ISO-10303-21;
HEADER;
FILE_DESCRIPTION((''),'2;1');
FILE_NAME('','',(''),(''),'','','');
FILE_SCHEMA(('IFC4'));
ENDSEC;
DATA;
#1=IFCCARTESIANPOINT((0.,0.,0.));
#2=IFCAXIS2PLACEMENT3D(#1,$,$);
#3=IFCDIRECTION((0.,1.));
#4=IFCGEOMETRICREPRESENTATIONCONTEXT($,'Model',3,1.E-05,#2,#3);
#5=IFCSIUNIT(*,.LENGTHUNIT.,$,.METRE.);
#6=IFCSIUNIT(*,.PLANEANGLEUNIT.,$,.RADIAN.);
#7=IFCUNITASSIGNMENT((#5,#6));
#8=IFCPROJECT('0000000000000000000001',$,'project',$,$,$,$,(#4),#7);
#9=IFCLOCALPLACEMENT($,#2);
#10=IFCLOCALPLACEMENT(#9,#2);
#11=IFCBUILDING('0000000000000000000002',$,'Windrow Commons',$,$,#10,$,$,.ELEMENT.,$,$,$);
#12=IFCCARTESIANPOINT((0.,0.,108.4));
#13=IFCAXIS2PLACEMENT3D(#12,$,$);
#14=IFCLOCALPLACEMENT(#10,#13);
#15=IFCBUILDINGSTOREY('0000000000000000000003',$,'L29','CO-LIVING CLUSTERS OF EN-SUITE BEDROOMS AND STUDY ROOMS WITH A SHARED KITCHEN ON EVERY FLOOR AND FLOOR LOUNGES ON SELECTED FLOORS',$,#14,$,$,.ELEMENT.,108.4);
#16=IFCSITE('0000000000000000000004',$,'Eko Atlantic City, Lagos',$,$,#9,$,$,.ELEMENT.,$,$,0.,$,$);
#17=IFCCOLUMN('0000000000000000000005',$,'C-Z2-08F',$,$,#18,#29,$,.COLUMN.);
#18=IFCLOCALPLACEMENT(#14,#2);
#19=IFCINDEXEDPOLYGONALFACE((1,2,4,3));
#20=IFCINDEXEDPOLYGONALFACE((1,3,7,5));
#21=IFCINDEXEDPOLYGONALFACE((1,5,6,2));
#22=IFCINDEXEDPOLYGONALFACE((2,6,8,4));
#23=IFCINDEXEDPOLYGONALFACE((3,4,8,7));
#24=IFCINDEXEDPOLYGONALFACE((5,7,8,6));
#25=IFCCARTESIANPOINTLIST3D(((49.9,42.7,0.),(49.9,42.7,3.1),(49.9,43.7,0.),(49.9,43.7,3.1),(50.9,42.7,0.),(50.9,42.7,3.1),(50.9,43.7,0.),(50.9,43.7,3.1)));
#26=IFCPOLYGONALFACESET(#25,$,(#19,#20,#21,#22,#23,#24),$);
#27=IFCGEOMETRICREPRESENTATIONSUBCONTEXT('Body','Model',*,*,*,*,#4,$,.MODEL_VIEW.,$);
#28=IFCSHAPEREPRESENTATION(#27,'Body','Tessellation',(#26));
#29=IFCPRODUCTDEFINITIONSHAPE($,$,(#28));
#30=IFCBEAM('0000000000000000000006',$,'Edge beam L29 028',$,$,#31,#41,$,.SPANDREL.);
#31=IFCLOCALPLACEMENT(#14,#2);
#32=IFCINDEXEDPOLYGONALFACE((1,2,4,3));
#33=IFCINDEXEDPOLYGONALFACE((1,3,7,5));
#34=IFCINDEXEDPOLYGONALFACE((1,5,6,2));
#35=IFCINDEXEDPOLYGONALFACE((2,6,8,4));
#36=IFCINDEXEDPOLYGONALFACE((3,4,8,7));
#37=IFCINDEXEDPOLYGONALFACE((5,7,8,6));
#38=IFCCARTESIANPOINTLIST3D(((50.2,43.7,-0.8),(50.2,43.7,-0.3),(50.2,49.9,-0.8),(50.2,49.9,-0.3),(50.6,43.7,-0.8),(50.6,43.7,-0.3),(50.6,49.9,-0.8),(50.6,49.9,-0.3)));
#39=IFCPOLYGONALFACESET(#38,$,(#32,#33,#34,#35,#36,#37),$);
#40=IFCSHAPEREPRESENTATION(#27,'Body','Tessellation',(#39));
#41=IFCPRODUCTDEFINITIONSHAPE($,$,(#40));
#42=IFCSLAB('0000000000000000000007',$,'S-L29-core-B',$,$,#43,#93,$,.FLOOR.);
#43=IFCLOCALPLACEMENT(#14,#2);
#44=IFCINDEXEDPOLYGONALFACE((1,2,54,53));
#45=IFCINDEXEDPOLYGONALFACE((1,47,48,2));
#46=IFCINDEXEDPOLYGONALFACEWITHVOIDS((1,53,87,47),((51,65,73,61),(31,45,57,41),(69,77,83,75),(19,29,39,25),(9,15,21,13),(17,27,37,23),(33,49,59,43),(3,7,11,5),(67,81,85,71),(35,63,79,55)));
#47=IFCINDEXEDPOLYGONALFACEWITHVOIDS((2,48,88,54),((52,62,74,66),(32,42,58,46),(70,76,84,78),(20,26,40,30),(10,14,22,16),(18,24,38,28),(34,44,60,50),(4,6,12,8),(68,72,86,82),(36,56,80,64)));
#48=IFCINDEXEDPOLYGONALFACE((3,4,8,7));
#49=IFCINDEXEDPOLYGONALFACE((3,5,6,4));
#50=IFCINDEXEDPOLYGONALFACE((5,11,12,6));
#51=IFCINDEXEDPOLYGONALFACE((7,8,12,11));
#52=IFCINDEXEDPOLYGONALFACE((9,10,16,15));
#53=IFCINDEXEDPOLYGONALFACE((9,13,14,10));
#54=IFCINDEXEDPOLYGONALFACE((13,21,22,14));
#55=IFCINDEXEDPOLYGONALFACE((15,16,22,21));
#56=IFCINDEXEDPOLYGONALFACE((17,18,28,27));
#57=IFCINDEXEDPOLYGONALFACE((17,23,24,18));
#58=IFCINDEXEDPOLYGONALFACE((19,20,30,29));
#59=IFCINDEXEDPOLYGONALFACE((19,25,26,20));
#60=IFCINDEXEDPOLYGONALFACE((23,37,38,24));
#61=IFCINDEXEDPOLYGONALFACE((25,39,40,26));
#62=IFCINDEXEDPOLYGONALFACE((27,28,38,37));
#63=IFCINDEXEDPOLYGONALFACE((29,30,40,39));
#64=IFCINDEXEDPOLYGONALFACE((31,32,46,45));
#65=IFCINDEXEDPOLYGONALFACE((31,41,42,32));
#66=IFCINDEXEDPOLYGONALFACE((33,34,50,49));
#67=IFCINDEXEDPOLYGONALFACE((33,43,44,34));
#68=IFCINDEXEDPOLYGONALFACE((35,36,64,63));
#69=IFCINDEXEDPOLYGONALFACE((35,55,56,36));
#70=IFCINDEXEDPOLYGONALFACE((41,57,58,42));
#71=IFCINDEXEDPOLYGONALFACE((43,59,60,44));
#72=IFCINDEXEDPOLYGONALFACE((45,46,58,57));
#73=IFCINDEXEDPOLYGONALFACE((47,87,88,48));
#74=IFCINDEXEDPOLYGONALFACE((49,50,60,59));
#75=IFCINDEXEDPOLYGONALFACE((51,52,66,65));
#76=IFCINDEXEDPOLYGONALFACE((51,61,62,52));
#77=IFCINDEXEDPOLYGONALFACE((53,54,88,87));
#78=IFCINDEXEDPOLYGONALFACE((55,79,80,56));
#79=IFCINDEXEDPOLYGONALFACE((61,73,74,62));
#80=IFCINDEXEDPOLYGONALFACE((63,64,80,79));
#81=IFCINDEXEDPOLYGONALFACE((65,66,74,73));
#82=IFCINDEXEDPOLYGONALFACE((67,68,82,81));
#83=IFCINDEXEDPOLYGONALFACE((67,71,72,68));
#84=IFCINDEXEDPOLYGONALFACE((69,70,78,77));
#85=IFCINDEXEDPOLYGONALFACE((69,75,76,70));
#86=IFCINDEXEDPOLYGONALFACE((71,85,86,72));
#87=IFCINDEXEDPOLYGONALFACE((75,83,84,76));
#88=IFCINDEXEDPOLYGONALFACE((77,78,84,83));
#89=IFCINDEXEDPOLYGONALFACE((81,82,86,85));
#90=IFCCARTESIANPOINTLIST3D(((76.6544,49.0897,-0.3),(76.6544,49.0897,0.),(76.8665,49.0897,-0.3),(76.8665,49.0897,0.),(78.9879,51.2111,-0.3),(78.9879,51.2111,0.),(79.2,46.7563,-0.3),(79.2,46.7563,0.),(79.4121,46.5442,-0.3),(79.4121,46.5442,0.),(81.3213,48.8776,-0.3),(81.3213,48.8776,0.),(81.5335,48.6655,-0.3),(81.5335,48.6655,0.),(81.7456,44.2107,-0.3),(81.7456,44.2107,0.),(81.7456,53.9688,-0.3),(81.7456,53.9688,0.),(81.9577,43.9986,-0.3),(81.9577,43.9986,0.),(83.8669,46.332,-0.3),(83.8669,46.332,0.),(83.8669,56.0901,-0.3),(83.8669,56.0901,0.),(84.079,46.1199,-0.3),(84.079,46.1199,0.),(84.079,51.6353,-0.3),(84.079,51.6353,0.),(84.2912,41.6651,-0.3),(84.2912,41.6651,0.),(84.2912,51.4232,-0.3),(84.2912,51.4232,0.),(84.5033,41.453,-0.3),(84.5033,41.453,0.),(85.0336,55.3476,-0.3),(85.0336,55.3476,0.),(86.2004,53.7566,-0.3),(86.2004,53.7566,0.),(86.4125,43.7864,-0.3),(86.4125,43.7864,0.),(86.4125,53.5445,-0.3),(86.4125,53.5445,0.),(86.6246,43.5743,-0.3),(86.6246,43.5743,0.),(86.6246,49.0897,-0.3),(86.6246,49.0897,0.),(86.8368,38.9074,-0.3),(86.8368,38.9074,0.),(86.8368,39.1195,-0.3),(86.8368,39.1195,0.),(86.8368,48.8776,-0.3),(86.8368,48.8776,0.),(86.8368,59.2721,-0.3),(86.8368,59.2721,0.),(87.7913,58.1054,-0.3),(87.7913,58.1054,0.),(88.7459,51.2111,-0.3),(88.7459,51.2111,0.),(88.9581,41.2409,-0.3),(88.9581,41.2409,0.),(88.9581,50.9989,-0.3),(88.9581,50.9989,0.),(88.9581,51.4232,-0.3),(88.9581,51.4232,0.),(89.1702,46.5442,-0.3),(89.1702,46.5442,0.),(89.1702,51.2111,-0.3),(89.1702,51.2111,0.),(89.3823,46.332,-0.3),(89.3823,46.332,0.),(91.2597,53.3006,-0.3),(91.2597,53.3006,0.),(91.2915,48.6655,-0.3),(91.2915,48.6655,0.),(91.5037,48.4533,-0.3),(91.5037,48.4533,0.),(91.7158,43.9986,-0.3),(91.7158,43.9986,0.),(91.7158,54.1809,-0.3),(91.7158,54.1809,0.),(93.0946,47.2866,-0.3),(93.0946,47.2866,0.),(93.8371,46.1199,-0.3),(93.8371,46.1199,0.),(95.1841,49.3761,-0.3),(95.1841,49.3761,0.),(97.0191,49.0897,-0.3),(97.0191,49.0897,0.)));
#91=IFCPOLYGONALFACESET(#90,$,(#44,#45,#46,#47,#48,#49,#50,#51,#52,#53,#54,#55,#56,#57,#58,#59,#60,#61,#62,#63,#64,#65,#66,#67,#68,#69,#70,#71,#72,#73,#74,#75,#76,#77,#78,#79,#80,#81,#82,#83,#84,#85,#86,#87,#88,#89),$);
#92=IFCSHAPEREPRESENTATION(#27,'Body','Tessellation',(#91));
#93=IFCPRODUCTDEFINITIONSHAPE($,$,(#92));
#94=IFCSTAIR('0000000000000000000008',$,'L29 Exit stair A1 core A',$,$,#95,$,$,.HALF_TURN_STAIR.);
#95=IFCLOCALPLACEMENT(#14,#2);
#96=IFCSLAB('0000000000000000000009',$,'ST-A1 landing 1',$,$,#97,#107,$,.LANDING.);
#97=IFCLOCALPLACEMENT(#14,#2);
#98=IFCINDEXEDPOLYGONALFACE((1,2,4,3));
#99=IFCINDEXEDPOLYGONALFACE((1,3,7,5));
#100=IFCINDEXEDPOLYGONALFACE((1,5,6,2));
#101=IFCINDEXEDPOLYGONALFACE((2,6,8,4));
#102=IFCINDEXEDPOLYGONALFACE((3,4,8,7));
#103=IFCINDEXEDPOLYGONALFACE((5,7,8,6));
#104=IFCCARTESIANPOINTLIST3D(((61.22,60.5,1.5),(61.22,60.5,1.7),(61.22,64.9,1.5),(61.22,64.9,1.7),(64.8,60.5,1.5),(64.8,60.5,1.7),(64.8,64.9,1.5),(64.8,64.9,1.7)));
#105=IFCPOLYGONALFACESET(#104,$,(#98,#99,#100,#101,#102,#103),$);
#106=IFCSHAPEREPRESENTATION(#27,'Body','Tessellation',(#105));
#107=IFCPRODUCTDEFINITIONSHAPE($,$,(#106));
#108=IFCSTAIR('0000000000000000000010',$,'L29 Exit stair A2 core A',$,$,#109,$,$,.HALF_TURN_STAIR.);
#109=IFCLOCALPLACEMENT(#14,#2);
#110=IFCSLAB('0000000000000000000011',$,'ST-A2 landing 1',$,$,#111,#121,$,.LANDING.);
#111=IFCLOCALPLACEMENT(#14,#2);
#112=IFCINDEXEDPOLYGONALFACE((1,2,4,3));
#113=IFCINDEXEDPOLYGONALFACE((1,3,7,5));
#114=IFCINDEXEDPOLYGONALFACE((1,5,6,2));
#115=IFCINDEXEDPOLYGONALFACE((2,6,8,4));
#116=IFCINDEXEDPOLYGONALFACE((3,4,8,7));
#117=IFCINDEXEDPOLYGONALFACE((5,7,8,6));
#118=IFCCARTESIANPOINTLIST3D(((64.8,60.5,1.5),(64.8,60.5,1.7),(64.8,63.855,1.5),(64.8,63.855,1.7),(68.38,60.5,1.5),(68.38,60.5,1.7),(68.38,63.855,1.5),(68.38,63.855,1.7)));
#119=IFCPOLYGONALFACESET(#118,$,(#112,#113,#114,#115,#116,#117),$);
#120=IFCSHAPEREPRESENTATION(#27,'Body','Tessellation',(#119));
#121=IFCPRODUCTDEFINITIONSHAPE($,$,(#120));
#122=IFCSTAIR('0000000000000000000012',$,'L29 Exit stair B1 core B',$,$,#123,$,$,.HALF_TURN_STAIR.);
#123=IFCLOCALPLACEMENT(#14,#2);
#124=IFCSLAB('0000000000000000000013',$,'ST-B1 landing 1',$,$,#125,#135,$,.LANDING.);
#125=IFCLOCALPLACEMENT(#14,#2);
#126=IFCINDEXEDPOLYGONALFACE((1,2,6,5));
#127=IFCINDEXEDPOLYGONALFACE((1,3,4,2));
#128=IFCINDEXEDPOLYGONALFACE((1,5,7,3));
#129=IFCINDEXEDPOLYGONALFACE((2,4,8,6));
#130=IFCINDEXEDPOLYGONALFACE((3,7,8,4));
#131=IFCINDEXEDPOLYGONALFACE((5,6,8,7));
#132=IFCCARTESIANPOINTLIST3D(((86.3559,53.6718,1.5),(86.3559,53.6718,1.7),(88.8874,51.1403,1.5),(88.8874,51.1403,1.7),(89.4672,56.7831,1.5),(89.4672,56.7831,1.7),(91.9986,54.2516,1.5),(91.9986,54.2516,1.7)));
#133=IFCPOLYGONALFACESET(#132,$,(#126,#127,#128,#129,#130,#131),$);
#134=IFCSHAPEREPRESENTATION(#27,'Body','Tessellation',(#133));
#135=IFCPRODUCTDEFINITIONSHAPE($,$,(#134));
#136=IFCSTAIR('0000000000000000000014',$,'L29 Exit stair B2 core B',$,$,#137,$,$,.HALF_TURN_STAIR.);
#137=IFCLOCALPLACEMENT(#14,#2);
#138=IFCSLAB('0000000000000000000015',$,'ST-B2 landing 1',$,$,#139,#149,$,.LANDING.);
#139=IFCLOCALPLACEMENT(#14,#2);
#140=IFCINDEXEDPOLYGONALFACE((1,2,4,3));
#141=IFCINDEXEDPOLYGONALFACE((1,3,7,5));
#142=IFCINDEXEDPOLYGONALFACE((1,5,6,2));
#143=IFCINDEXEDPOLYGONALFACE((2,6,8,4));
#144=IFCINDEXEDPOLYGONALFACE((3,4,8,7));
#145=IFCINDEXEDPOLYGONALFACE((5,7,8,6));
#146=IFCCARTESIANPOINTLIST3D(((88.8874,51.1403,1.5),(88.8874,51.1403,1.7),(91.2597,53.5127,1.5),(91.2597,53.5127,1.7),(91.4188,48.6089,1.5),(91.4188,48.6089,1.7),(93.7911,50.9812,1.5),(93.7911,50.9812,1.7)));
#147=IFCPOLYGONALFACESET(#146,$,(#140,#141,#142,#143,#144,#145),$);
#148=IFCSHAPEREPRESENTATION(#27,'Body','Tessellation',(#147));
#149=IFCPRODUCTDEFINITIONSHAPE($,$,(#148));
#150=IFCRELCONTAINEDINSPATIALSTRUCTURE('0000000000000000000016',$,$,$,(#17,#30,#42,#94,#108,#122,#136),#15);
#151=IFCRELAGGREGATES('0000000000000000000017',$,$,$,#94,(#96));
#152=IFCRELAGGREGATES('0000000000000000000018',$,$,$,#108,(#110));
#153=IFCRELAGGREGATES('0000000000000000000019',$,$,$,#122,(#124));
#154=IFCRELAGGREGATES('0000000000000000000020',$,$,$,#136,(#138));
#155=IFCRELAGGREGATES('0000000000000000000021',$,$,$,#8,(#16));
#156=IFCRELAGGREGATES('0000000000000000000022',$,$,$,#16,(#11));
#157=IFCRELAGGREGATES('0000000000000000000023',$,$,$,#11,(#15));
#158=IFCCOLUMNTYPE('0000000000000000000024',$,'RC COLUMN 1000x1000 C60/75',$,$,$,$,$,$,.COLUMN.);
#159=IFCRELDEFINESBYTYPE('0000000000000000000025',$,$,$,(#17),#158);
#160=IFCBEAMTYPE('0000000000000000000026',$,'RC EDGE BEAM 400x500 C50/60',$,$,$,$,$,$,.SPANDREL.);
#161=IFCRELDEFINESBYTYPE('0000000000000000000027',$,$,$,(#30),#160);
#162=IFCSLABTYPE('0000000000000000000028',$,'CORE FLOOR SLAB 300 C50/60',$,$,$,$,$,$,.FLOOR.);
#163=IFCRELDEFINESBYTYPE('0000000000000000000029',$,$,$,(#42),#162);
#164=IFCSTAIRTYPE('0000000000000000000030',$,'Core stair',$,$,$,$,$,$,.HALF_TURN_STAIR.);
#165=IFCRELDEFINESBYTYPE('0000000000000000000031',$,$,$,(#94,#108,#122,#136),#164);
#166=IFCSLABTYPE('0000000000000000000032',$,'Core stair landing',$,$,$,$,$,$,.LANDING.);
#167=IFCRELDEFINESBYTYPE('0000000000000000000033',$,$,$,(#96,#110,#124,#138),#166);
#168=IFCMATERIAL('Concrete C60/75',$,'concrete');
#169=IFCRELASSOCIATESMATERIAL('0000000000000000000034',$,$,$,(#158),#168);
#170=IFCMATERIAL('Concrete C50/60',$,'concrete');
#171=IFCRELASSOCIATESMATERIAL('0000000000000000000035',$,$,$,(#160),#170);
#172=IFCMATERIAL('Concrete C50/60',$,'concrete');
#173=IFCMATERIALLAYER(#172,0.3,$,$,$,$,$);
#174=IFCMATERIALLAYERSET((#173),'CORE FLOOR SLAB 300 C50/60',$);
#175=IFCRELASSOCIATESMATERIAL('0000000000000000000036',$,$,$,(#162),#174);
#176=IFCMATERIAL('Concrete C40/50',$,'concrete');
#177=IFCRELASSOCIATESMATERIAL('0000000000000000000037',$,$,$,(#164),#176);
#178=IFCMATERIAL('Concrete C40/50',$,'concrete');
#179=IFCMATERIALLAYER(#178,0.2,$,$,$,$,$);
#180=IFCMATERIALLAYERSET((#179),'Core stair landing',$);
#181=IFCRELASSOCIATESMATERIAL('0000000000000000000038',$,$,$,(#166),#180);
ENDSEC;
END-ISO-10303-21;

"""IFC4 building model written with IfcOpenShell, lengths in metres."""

from ifc_helpers import new_model, si_unit, direction, frame, origin, origin_2d, place, context, subcontext, project, spatial, polyline, rectangle, outline, extrude, material, layer, layer_set, material_profile, profile_set, type_object, element, aggregate, save


model = new_model("IFC4")

# Units and contexts
model_context = context("Model", 3, precision=1e-05, world=origin(), true_north=direction((0.0, 1.0)))
body_context = subcontext(model_context, "Body", "Model", "MODEL_VIEW")
ifc_project = project(units=[si_unit("LENGTHUNIT", "METRE"), si_unit("PLANEANGLEUNIT", "RADIAN")], contexts=[model_context])

# Site, building, storey
site_placement = place(None, origin())
site = spatial("IfcSite", under=ifc_project, at=site_placement, Name="Eko Atlantic City, Lagos", CompositionType="ELEMENT", RefElevation=0.0)
building_placement = place(site_placement, origin())
building = spatial("IfcBuilding", under=site, at=building_placement, Name="Windrow Commons", CompositionType="ELEMENT")
storey_placement = place(building_placement, frame((0.0, 0.0, 108.4)))
storey = spatial("IfcBuildingStorey", under=building, at=storey_placement, Name="L29", Description="CO-LIVING CLUSTERS OF EN-SUITE BEDROOMS AND STUDY ROOMS WITH A SHARED KITCHEN ON EVERY FLOOR AND FLOOR LOUNGES ON SELECTED FLOORS", CompositionType="ELEMENT", Elevation=108.4)

# Column
ifc_material_1 = material(Name="Concrete C60/75", Category="concrete")
ifc_material_profile_1 = material_profile(ifc_material_1, rectangle(XDim=1.0, YDim=1.0, at=origin_2d()))
ifc_profile_set_1 = profile_set([ifc_material_profile_1], Name="Concrete C60/75")
column_type = type_object("IfcColumnType", Name="RC COLUMN 1000x1000 C60/75", PredefinedType="COLUMN", material=ifc_profile_set_1)
column_placement = place(storey_placement, frame((50.4, 43.2, 0.0), z_axis=(0.0, 0.0, 1.0), x_axis=(1.0, 0.0, 0.0)))
element("IfcColumn", 1, at=column_placement, inside=storey, type_object=column_type, Name="C-Z2-08F", PredefinedType="COLUMN", context=body_context, shape_type="SweptSolid", body=[
    extrude(rectangle(XDim=1.0, YDim=1.0, at=origin_2d()), origin(), (0.0, 0.0, 1.0), 3.1),
])

# Beam
ifc_material_2 = material(Name="Concrete C50/60", Category="concrete")
ifc_material_profile_2 = material_profile(ifc_material_2, rectangle(XDim=0.4, YDim=0.5, at=origin_2d()))
ifc_profile_set_2 = profile_set([ifc_material_profile_2], Name="Concrete C50/60")
beam_type = type_object("IfcBeamType", Name="RC EDGE BEAM 400x500 C50/60", PredefinedType="SPANDREL", material=ifc_profile_set_2)
beam_placement = place(storey_placement, frame((50.4, 43.7, -0.55), z_axis=(0.0, 1.0, 0.0), x_axis=(-1.0, 0.0, 0.0)))
element("IfcBeam", 2, at=beam_placement, inside=storey, type_object=beam_type, Name="Edge beam L29 028", PredefinedType="SPANDREL", context=body_context, shape_type="SweptSolid", body=[
    extrude(rectangle(XDim=0.4, YDim=0.5, at=origin_2d()), origin(), (0.0, 0.0, 1.0), 6.2),
])

# Slab, openings
ifc_material_3 = material(Name="Concrete C50/60", Category="concrete")
ifc_layer_1 = layer(ifc_material_3, 0.3)
ifc_layer_set_1 = layer_set([ifc_layer_1], Name="CORE FLOOR SLAB 300 C50/60")
slab_type_1 = type_object("IfcSlabType", Name="CORE FLOOR SLAB 300 C50/60", PredefinedType="FLOOR", material=ifc_layer_set_1)
placement_1 = place(storey_placement, frame((0.0, 0.0, -0.3)))
slab_1 = element("IfcSlab", 3, at=placement_1, inside=storey, type_object=slab_type_1, Name="S-L29-core-B", PredefinedType="FLOOR", context=body_context, shape_type="SweptSolid", body=[
    extrude(outline(polyline([(76.6544, 49.0897), (86.8368, 38.9074), (97.0191, 49.0897), (86.8368, 59.2721), (76.6544, 49.0897)]), holes=[polyline([(76.8665, 49.0897), (79.2, 46.7563), (81.3213, 48.8776), (78.9879, 51.2111), (76.8665, 49.0897)]), polyline([(79.4121, 46.5442), (81.7456, 44.2107), (83.8669, 46.332), (81.5335, 48.6655), (79.4121, 46.5442)]), polyline([(81.9577, 43.9986), (84.2912, 41.6651), (86.4125, 43.7864), (84.079, 46.1199), (81.9577, 43.9986)]), polyline([(84.5033, 41.453), (86.8368, 39.1195), (88.9581, 41.2409), (86.6246, 43.5743), (84.5033, 41.453)]), polyline([(81.7456, 53.9688), (84.079, 51.6353), (86.2004, 53.7566), (83.8669, 56.0901), (81.7456, 53.9688)]), polyline([(84.2912, 51.4232), (86.6246, 49.0897), (88.7459, 51.2111), (86.4125, 53.5445), (84.2912, 51.4232)]), polyline([(86.8368, 48.8776), (89.1702, 46.5442), (91.2915, 48.6655), (88.9581, 50.9989), (86.8368, 48.8776)]), polyline([(89.3823, 46.332), (91.7158, 43.9986), (93.8371, 46.1199), (91.5037, 48.4533), (89.3823, 46.332)]), polyline([(85.0336, 55.3476), (88.9581, 51.4232), (91.7158, 54.1809), (87.7913, 58.1054), (85.0336, 55.3476)]), polyline([(89.1702, 51.2111), (93.0946, 47.2866), (95.1841, 49.3761), (91.2597, 53.3006), (89.1702, 51.2111)])]), origin(), (0.0, 0.0, 1.0), 0.3),
])
opening_1_placement = place(placement_1, origin())
element("IfcOpeningElement", 4, at=opening_1_placement, cuts=slab_1, PredefinedType="OPENING", context=body_context, shape_type="SweptSolid", body=[
    extrude(outline(polyline([(76.8736, 49.0897), (78.9879, 51.204), (81.3142, 48.8776), (79.2, 46.7634), (76.8736, 49.0897)])), origin(), (0.0, 0.0, 1.0), 0.3),
])
opening_2_placement = place(placement_1, origin())
element("IfcOpeningElement", 5, at=opening_2_placement, cuts=slab_1, PredefinedType="OPENING", context=body_context, shape_type="SweptSolid", body=[
    extrude(outline(polyline([(79.4192, 46.5442), (81.5335, 48.6584), (83.8598, 46.332), (81.7456, 44.2178), (79.4192, 46.5442)])), origin(), (0.0, 0.0, 1.0), 0.3),
])
opening_3_placement = place(placement_1, origin())
element("IfcOpeningElement", 6, at=opening_3_placement, cuts=slab_1, PredefinedType="OPENING", context=body_context, shape_type="SweptSolid", body=[
    extrude(outline(polyline([(81.9648, 43.9986), (84.079, 46.1128), (86.4054, 43.7864), (84.2912, 41.6722), (81.9648, 43.9986)])), origin(), (0.0, 0.0, 1.0), 0.3),
])
opening_4_placement = place(placement_1, origin())
element("IfcOpeningElement", 7, at=opening_4_placement, cuts=slab_1, PredefinedType="OPENING", context=body_context, shape_type="SweptSolid", body=[
    extrude(outline(polyline([(84.5104, 41.453), (86.6246, 43.5672), (88.951, 41.2409), (86.8368, 39.1266), (84.5104, 41.453)])), origin(), (0.0, 0.0, 1.0), 0.3),
])
opening_5_placement = place(placement_1, origin())
element("IfcOpeningElement", 8, at=opening_5_placement, cuts=slab_1, PredefinedType="OPENING", context=body_context, shape_type="SweptSolid", body=[
    extrude(outline(polyline([(81.7527, 53.9688), (83.8669, 56.083), (86.1933, 53.7566), (84.079, 51.6424), (81.7527, 53.9688)])), origin(), (0.0, 0.0, 1.0), 0.3),
])
opening_6_placement = place(placement_1, origin())
element("IfcOpeningElement", 9, at=opening_6_placement, cuts=slab_1, PredefinedType="OPENING", context=body_context, shape_type="SweptSolid", body=[
    extrude(outline(polyline([(84.2983, 51.4232), (86.4125, 53.5374), (88.7388, 51.2111), (86.6246, 49.0968), (84.2983, 51.4232)])), origin(), (0.0, 0.0, 1.0), 0.3),
])
opening_7_placement = place(placement_1, origin())
element("IfcOpeningElement", 10, at=opening_7_placement, cuts=slab_1, PredefinedType="OPENING", context=body_context, shape_type="SweptSolid", body=[
    extrude(outline(polyline([(86.8439, 48.8776), (88.9581, 50.9918), (91.2844, 48.6655), (89.1702, 46.5513), (86.8439, 48.8776)])), origin(), (0.0, 0.0, 1.0), 0.3),
])
opening_8_placement = place(placement_1, origin())
element("IfcOpeningElement", 11, at=opening_8_placement, cuts=slab_1, PredefinedType="OPENING", context=body_context, shape_type="SweptSolid", body=[
    extrude(outline(polyline([(89.3894, 46.332), (91.5037, 48.4462), (93.83, 46.1199), (91.7158, 44.0057), (89.3894, 46.332)])), origin(), (0.0, 0.0, 1.0), 0.3),
])
opening_9_placement = place(placement_1, origin())
element("IfcOpeningElement", 12, at=opening_9_placement, cuts=slab_1, PredefinedType="OPENING", context=body_context, shape_type="SweptSolid", body=[
    extrude(outline(polyline([(85.0407, 55.3476), (87.7913, 58.0983), (91.7087, 54.1809), (88.9581, 51.4303), (85.0407, 55.3476)])), origin(), (0.0, 0.0, 1.0), 0.3),
])
opening_10_placement = place(placement_1, origin())
element("IfcOpeningElement", 13, at=opening_10_placement, cuts=slab_1, PredefinedType="OPENING", context=body_context, shape_type="SweptSolid", body=[
    extrude(outline(polyline([(89.1773, 51.2111), (91.2597, 53.2935), (95.177, 49.3761), (93.0946, 47.2937), (89.1773, 51.2111)])), origin(), (0.0, 0.0, 1.0), 0.3),
])

# Stairs, slabs
ifc_material_4 = material(Name="Concrete C40/50", Category="concrete")
stair_type = type_object("IfcStairType", Name="Core stair", PredefinedType="HALF_TURN_STAIR", material=ifc_material_4)
placement_2 = place(storey_placement, origin())
stair_1 = element("IfcStair", 14, at=placement_2, inside=storey, type_object=stair_type, Name="L29 Exit stair A1 core A", PredefinedType="HALF_TURN_STAIR")
ifc_material_5 = material(Name="Concrete C40/50", Category="concrete")
ifc_layer_2 = layer(ifc_material_5, 0.2)
ifc_layer_set_2 = layer_set([ifc_layer_2], Name="Core stair landing")
slab_type_2 = type_object("IfcSlabType", Name="Core stair landing", PredefinedType="LANDING", material=ifc_layer_set_2)
placement_3 = place(storey_placement, frame((0.0, 0.0, 1.5)))
slab_2 = element("IfcSlab", 15, at=placement_3, type_object=slab_type_2, Name="ST-A1 landing 1", PredefinedType="LANDING", context=body_context, shape_type="SweptSolid", body=[
    extrude(outline(polyline([(61.22, 60.5), (64.8, 60.5), (64.8, 64.9), (61.22, 64.9), (61.22, 60.5)])), origin(), (0.0, 0.0, 1.0), 0.2),
])
aggregate(stair_1, [slab_2])
stair_2 = element("IfcStair", 16, at=placement_2, inside=storey, type_object=stair_type, Name="L29 Exit stair A2 core A", PredefinedType="HALF_TURN_STAIR")
slab_3 = element("IfcSlab", 17, at=placement_3, type_object=slab_type_2, Name="ST-A2 landing 1", PredefinedType="LANDING", context=body_context, shape_type="SweptSolid", body=[
    extrude(outline(polyline([(64.8, 60.5), (68.38, 60.5), (68.38, 63.855), (64.8, 63.855), (64.8, 60.5)])), origin(), (0.0, 0.0, 1.0), 0.2),
])
aggregate(stair_2, [slab_3])
stair_3 = element("IfcStair", 18, at=placement_2, inside=storey, type_object=stair_type, Name="L29 Exit stair B1 core B", PredefinedType="HALF_TURN_STAIR")
slab_4 = element("IfcSlab", 19, at=placement_3, type_object=slab_type_2, Name="ST-B1 landing 1", PredefinedType="LANDING", context=body_context, shape_type="SweptSolid", body=[
    extrude(outline(polyline([(86.3559, 53.6718), (88.8874, 51.1403), (91.9986, 54.2516), (89.4672, 56.7831), (86.3559, 53.6718)])), origin(), (0.0, 0.0, 1.0), 0.2),
])
aggregate(stair_3, [slab_4])
stair_4 = element("IfcStair", 20, at=placement_2, inside=storey, type_object=stair_type, Name="L29 Exit stair B2 core B", PredefinedType="HALF_TURN_STAIR")
slab_5 = element("IfcSlab", 21, at=placement_3, type_object=slab_type_2, Name="ST-B2 landing 1", PredefinedType="LANDING", context=body_context, shape_type="SweptSolid", body=[
    extrude(outline(polyline([(88.8874, 51.1403), (91.4188, 48.6089), (93.7911, 50.9812), (91.2597, 53.5127), (88.8874, 51.1403)])), origin(), (0.0, 0.0, 1.0), 0.2),
])
aggregate(stair_4, [slab_5])

save(model, "model.ifc")
